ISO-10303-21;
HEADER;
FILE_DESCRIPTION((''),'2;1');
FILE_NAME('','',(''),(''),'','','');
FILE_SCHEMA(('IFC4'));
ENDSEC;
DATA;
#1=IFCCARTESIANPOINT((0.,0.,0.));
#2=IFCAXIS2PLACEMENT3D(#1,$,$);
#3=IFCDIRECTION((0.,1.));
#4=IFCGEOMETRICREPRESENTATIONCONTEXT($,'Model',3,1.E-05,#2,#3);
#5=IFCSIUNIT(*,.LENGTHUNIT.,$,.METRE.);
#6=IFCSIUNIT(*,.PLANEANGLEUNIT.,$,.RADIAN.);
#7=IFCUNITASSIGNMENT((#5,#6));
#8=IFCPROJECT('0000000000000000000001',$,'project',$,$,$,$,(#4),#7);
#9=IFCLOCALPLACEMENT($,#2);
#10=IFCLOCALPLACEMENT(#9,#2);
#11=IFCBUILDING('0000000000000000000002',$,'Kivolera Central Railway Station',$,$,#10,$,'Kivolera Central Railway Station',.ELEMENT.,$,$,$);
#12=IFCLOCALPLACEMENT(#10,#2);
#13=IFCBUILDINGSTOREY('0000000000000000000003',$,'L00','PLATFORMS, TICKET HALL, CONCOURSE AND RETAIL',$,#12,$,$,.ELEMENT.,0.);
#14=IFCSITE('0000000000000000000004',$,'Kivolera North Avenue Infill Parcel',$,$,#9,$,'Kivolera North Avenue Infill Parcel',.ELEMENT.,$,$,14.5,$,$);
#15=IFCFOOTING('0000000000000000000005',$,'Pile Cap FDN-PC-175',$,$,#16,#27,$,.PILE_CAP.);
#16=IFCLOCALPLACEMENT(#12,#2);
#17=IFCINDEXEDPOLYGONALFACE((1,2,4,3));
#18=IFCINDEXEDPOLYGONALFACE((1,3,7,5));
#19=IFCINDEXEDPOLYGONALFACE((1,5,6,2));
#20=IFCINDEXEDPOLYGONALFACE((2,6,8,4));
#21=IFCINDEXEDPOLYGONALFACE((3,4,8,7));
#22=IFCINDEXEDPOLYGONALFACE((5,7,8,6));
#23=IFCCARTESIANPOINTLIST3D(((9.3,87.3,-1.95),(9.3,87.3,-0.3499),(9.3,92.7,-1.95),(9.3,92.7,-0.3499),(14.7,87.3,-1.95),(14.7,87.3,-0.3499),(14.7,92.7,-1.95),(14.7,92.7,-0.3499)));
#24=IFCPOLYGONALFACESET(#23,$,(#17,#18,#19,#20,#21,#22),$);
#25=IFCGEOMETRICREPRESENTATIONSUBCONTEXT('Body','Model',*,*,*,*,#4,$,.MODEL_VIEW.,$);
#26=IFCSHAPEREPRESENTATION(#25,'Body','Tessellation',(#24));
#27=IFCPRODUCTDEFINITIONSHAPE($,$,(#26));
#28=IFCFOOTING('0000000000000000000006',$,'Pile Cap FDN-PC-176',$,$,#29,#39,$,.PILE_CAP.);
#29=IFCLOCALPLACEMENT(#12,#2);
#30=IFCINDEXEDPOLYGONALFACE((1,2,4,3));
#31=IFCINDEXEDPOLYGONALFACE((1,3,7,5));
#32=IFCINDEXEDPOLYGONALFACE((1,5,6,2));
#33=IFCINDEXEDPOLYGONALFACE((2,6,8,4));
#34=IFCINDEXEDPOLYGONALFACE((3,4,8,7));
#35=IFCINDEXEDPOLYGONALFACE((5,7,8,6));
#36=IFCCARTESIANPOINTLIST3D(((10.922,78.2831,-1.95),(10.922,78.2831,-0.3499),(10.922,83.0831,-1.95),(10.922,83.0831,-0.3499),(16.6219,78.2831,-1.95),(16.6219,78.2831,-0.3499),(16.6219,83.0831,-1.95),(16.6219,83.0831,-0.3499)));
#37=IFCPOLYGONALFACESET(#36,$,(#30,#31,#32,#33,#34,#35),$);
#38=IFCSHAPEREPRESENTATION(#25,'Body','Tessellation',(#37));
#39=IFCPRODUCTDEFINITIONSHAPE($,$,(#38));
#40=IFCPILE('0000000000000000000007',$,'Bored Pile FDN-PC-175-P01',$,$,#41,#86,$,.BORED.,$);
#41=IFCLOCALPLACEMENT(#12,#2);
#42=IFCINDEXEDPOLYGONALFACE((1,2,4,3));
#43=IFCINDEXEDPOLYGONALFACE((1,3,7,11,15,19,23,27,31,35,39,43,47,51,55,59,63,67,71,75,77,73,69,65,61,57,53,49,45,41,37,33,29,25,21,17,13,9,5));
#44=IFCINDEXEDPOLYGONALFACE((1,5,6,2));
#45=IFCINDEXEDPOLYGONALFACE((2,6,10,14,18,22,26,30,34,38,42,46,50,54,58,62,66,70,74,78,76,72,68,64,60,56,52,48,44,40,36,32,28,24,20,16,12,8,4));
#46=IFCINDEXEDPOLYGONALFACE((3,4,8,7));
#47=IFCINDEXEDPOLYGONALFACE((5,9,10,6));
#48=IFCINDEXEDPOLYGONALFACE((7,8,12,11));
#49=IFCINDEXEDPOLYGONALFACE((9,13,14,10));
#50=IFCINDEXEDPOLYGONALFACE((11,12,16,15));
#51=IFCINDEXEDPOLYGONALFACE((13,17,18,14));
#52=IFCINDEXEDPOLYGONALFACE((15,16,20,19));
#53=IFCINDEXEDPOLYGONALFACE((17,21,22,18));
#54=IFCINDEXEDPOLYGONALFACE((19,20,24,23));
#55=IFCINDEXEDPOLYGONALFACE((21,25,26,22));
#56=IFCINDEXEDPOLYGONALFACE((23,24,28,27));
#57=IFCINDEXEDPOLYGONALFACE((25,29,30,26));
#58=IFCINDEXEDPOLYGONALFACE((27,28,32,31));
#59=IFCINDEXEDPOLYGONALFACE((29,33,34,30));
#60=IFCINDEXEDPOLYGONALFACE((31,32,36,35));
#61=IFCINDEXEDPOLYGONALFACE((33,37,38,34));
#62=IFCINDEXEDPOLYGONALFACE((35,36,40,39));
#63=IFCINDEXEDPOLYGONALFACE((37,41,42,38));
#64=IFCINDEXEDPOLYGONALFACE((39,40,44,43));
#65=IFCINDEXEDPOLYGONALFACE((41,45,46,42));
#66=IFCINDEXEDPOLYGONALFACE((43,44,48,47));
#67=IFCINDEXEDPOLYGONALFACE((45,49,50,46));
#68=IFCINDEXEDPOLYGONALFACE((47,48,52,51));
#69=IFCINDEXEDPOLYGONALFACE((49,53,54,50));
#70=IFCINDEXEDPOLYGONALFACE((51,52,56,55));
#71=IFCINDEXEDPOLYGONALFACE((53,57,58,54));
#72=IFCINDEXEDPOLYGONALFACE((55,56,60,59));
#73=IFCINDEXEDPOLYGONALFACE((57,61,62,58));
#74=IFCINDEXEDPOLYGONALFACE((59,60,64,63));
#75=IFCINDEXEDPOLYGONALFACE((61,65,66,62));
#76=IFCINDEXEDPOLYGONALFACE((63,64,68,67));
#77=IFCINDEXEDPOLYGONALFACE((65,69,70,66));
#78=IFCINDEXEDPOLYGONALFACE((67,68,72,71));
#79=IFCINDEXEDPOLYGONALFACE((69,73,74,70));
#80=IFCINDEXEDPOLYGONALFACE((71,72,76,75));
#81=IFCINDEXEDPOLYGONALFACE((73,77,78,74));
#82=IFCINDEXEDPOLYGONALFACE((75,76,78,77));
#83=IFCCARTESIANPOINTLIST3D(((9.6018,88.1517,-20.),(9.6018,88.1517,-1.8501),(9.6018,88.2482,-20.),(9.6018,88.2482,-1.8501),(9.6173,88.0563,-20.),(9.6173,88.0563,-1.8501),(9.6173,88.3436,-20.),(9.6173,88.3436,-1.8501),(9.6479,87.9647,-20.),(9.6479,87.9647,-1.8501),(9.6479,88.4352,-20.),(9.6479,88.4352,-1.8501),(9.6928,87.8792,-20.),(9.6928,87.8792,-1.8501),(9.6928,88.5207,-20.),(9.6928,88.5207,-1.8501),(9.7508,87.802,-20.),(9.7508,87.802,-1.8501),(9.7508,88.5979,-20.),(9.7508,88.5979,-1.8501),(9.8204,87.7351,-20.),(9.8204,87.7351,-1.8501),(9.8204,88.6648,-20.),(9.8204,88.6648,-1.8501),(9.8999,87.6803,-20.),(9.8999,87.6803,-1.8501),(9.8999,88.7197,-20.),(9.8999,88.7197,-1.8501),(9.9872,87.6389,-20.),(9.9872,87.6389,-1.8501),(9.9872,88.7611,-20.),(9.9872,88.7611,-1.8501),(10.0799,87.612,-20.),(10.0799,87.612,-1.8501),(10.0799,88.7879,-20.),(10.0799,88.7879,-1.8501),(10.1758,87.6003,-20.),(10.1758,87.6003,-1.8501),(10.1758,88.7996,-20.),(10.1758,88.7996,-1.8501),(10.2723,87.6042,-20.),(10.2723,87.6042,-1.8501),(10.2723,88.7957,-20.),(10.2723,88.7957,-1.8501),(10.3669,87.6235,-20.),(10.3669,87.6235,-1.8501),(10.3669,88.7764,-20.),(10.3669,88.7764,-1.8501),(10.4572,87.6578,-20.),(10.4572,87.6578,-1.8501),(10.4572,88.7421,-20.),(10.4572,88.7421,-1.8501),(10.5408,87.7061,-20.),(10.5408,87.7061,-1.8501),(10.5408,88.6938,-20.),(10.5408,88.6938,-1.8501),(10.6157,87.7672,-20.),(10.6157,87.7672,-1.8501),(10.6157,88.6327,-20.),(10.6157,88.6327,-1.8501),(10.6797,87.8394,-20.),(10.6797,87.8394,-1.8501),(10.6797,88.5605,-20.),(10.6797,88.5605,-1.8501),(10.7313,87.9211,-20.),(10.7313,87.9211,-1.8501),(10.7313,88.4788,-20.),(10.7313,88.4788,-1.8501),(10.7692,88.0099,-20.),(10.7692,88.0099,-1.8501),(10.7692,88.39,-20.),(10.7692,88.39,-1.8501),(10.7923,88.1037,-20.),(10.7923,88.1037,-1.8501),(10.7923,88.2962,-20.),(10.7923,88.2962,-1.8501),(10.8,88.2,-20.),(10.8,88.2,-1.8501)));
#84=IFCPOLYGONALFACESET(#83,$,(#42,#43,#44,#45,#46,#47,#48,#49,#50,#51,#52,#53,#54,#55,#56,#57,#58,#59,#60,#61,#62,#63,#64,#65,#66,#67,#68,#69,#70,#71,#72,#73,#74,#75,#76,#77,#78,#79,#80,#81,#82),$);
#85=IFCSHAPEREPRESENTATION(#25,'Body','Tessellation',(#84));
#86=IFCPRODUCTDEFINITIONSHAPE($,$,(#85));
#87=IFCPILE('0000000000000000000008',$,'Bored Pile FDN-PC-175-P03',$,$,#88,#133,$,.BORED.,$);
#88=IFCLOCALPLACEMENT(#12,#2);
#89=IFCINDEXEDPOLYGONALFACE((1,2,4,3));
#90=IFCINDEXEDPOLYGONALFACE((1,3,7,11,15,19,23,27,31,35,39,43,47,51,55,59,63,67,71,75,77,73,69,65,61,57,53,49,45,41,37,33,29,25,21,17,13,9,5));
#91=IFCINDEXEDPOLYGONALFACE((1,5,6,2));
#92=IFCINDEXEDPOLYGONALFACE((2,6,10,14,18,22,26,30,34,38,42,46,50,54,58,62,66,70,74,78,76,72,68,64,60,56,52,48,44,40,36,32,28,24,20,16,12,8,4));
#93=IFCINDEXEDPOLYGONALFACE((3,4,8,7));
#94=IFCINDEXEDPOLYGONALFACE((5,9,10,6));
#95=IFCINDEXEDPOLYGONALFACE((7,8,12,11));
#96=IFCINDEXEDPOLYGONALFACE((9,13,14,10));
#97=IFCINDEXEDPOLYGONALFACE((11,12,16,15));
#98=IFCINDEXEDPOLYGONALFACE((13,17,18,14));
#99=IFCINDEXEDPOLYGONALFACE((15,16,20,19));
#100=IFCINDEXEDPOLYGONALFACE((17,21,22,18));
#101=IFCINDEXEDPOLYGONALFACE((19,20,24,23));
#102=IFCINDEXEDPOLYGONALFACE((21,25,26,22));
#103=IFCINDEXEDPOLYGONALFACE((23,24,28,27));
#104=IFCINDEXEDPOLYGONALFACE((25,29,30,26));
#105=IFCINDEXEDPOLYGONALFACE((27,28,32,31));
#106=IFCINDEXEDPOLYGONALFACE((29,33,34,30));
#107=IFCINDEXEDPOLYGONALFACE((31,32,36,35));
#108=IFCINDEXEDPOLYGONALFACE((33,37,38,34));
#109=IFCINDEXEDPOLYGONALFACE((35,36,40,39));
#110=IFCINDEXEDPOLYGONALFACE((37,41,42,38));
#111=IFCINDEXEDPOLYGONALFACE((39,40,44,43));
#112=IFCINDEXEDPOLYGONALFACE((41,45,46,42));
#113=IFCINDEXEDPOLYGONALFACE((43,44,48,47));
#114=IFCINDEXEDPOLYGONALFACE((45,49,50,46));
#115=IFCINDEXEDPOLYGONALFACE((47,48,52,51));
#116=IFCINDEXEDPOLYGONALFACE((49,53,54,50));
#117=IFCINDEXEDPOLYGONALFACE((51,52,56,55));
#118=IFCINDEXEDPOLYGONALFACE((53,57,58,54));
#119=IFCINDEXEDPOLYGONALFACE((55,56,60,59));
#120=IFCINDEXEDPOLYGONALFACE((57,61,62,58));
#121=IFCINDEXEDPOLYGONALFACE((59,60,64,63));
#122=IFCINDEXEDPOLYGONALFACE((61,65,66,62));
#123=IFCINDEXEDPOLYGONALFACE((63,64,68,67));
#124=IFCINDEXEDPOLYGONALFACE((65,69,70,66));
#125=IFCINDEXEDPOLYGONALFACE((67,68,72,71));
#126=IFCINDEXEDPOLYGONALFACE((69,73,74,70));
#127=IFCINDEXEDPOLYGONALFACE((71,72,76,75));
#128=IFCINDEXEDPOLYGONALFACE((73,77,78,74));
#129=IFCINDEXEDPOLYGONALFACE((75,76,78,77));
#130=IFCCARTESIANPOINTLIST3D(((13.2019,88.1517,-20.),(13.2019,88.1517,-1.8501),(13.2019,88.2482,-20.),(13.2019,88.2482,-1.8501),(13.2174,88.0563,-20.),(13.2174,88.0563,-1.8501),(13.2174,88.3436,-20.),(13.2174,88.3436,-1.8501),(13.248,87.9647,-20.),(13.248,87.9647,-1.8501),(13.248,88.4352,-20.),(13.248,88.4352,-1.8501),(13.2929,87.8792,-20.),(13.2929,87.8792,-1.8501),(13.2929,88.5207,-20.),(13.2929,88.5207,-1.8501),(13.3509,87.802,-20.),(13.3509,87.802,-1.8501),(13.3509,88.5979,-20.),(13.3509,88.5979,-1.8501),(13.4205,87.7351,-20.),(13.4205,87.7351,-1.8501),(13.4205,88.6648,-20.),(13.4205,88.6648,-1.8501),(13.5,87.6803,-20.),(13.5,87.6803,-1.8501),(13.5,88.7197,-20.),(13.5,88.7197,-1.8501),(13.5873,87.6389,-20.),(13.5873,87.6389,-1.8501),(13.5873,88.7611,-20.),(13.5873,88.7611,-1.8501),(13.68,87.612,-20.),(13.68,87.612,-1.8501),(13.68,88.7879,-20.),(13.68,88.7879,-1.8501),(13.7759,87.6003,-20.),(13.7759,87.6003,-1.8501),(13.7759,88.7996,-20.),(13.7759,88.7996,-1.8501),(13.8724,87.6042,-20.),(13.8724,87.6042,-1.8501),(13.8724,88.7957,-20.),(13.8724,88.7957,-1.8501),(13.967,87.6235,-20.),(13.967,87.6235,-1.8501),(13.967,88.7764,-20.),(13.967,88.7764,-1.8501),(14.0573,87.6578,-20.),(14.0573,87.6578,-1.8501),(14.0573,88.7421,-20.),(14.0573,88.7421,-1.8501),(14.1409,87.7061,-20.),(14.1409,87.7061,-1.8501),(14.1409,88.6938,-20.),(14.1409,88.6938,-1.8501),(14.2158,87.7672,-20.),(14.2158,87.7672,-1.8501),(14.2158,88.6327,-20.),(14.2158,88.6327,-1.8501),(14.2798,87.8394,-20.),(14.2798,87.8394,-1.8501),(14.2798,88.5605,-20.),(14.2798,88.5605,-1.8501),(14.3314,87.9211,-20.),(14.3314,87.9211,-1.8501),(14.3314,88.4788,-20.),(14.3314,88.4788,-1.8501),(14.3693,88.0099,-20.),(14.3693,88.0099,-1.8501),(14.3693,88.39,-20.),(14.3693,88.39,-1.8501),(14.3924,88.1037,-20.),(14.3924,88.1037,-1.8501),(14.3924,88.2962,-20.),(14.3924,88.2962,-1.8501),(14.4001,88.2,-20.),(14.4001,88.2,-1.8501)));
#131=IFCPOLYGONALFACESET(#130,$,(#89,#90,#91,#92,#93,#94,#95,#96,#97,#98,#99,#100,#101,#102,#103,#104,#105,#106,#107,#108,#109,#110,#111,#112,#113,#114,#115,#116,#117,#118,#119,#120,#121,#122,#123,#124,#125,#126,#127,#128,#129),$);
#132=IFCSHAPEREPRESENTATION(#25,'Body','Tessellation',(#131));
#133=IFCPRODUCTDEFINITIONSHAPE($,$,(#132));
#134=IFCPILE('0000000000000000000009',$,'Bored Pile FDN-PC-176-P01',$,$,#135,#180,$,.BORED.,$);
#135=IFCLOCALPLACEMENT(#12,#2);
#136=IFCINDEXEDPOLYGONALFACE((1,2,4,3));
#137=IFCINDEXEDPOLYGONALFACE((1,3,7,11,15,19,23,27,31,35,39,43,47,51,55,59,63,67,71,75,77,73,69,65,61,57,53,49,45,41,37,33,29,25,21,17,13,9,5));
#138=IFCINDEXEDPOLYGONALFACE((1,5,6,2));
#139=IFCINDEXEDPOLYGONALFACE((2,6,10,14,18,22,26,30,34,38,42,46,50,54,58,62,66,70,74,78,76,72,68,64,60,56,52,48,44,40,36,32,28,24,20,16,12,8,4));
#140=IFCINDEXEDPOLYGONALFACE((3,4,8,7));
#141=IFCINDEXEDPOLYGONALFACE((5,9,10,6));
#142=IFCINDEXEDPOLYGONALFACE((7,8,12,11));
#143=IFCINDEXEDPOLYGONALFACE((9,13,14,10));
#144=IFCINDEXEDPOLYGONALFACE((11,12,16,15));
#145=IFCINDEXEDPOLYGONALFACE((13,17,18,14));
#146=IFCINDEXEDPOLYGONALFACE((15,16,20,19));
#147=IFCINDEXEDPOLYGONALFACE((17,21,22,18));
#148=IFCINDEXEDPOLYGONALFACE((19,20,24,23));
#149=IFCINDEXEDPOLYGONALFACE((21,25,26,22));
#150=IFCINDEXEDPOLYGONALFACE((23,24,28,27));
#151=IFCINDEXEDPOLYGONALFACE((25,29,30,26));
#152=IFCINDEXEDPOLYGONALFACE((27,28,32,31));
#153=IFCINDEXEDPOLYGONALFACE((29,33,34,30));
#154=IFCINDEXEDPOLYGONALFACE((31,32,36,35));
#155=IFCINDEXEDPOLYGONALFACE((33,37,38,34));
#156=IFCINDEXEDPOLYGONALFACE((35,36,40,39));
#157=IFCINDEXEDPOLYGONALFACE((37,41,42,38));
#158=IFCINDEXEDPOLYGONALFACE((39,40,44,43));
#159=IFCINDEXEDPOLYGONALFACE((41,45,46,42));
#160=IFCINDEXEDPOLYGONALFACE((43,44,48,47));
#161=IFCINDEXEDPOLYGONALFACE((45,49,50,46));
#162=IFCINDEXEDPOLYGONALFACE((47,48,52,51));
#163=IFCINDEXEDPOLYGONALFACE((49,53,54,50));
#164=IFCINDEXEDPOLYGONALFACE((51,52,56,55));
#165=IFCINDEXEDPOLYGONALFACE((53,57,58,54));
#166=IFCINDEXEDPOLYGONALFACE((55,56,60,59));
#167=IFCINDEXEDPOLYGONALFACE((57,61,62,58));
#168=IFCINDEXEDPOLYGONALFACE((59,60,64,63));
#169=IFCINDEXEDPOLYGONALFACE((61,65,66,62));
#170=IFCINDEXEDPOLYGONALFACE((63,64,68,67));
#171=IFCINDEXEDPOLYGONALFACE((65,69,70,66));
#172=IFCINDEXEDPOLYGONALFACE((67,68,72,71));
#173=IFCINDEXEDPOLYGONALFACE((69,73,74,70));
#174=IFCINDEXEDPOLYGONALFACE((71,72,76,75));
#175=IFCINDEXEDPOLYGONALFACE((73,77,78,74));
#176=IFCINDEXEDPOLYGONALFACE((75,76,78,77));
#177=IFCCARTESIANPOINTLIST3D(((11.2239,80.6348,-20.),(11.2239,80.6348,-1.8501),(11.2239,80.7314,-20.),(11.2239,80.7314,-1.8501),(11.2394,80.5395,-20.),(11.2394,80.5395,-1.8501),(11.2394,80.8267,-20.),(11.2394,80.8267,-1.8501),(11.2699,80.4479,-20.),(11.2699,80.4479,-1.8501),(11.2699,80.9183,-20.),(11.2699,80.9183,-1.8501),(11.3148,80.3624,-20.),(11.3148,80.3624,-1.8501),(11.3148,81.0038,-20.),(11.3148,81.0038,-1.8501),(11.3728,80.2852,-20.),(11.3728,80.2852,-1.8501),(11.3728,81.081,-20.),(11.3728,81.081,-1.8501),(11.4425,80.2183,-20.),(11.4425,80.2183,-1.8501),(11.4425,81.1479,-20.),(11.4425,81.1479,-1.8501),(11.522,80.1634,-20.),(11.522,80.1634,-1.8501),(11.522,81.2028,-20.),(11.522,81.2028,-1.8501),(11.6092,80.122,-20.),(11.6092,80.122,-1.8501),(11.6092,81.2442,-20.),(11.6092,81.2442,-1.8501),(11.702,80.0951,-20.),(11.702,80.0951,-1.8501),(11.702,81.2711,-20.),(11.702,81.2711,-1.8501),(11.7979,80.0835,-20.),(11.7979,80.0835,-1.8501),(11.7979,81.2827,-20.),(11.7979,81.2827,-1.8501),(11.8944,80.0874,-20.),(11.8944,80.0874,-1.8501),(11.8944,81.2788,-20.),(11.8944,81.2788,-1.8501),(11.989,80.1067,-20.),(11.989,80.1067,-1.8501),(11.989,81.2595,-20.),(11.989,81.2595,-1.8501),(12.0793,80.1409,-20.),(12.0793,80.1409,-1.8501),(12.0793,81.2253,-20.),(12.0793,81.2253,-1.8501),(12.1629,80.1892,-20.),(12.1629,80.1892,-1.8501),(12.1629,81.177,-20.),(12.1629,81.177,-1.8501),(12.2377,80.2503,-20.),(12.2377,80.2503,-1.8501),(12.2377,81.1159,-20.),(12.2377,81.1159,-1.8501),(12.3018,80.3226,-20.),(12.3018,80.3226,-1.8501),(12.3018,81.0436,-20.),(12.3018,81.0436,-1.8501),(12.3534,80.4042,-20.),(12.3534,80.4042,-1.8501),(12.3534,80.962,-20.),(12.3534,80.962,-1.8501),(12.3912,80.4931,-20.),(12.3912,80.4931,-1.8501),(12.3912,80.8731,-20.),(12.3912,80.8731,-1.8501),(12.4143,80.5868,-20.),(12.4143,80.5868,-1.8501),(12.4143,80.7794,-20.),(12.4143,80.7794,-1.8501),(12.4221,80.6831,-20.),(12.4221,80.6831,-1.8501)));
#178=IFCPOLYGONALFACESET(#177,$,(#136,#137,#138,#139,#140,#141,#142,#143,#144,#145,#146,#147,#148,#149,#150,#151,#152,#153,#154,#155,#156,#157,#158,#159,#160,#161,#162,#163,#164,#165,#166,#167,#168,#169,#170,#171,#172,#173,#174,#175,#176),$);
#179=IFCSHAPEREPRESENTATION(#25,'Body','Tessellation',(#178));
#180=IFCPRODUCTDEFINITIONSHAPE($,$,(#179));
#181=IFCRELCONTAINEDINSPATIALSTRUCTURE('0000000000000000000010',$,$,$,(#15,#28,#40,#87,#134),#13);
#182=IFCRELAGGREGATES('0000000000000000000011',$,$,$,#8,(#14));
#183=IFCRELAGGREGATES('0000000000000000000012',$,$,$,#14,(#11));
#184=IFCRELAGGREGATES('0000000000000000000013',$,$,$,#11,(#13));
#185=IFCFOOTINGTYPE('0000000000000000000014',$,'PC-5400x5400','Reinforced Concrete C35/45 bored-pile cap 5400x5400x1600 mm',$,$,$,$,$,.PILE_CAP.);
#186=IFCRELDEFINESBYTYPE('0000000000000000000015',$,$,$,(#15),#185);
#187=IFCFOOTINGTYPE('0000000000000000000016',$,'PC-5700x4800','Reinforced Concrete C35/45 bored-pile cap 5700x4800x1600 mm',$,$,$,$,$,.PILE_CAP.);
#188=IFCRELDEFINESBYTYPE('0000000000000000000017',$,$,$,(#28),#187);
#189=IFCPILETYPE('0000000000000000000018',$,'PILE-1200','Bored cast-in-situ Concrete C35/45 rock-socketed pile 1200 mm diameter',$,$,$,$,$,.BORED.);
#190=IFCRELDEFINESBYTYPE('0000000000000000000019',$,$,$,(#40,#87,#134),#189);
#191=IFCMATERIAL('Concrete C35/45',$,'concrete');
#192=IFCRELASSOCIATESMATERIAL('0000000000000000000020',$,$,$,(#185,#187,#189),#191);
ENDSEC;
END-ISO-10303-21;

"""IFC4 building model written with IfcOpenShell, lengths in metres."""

from ifc_helpers import new_model, si_unit, direction, frame, origin, origin_2d, place, context, subcontext, project, spatial, rectangle, circle, extrude, material, material_profile, profile_set, type_object, element, save


model = new_model("IFC4")

# Units and contexts
model_context = context("Model", 3, precision=1e-05, world=origin(), true_north=direction((0.0, 1.0)))
body_context = subcontext(model_context, "Body", "Model", "MODEL_VIEW")
ifc_project = project(units=[si_unit("LENGTHUNIT", "METRE"), si_unit("PLANEANGLEUNIT", "RADIAN")], contexts=[model_context])

# Site, building, storey
site_placement = place(None, origin())
site = spatial("IfcSite", under=ifc_project, at=site_placement, Name="Kivolera North Avenue Infill Parcel", LongName="Kivolera North Avenue Infill Parcel", CompositionType="ELEMENT", RefElevation=14.5)
building_placement = place(site_placement, origin())
building = spatial("IfcBuilding", under=site, at=building_placement, Name="Kivolera Central Railway Station", LongName="Kivolera Central Railway Station", CompositionType="ELEMENT")
storey_placement = place(building_placement, origin())
storey = spatial("IfcBuildingStorey", under=building, at=storey_placement, Name="L00", Description="PLATFORMS, TICKET HALL, CONCOURSE AND RETAIL", CompositionType="ELEMENT", Elevation=0.0)

# Footings
ifc_material_1 = material(Name="Concrete C35/45", Category="concrete")
footing_type_1 = type_object("IfcFootingType", Name="PC-5400x5400", Description="Reinforced Concrete C35/45 bored-pile cap 5400x5400x1600 mm", PredefinedType="PILE_CAP", material=ifc_material_1)
footing_1_placement = place(storey_placement, frame((12.0, 90.0, -1.95), z_axis=(0.0, 0.0, 1.0), x_axis=(1.0, 0.0, 0.0)))
element("IfcFooting", 1, at=footing_1_placement, inside=storey, type_object=footing_type_1, Name="Pile Cap FDN-PC-175", PredefinedType="PILE_CAP", context=body_context, shape_type="SweptSolid", body=[
    extrude(rectangle(XDim=5.3999, YDim=5.3999, at=origin_2d()), origin(), (0.0, 0.0, 1.0), 1.6001),
])
footing_type_2 = type_object("IfcFootingType", Name="PC-5700x4800", Description="Reinforced Concrete C35/45 bored-pile cap 5700x4800x1600 mm", PredefinedType="PILE_CAP", material=ifc_material_1)
footing_2_placement = place(storey_placement, frame((13.772, 80.6831, -1.95), z_axis=(0.0, 0.0, 1.0), x_axis=(1.0, 0.0, 0.0)))
element("IfcFooting", 2, at=footing_2_placement, inside=storey, type_object=footing_type_2, Name="Pile Cap FDN-PC-176", PredefinedType="PILE_CAP", context=body_context, shape_type="SweptSolid", body=[
    extrude(rectangle(XDim=5.7, YDim=4.8, at=origin_2d()), origin(), (0.0, 0.0, 1.0), 1.6001),
])

# Piles
ifc_material_profile_1 = material_profile(ifc_material_1, circle(Radius=0.6001, at=origin_2d()), Name="PILE D1200")
ifc_profile_set_1 = profile_set([ifc_material_profile_1], Name="Concrete C35/45")
pile_type = type_object("IfcPileType", Name="PILE-1200", Description="Bored cast-in-situ Concrete C35/45 rock-socketed pile 1200 mm diameter", PredefinedType="BORED", material=ifc_profile_set_1)
for number, where, z_axis, x_axis, name in (
    (3, (10.2, 88.2, -1.8501), (0.0, 0.0, -1.0), (1.0, 0.0, 0.0), "Bored Pile FDN-PC-175-P01"),
    (4, (13.8, 88.2, -1.8501), (0.0, 0.0, -1.0), (1.0, 0.0, 0.0), "Bored Pile FDN-PC-175-P03"),
    (5, (11.822, 80.6831, -1.8501), (0.0, 0.0, -1.0), (1.0, 0.0, 0.0), "Bored Pile FDN-PC-176-P01"),
):
    element("IfcPile", number, at=place(storey_placement, frame(where, z_axis=z_axis, x_axis=x_axis)), inside=storey, type_object=pile_type, Name=name, PredefinedType="BORED", context=body_context, shape_type="SweptSolid", body=[
        extrude(circle(Radius=0.6001, at=origin_2d()), origin(), (0.0, 0.0, 1.0), 18.1499),
    ])

save(model, "model.ifc")
